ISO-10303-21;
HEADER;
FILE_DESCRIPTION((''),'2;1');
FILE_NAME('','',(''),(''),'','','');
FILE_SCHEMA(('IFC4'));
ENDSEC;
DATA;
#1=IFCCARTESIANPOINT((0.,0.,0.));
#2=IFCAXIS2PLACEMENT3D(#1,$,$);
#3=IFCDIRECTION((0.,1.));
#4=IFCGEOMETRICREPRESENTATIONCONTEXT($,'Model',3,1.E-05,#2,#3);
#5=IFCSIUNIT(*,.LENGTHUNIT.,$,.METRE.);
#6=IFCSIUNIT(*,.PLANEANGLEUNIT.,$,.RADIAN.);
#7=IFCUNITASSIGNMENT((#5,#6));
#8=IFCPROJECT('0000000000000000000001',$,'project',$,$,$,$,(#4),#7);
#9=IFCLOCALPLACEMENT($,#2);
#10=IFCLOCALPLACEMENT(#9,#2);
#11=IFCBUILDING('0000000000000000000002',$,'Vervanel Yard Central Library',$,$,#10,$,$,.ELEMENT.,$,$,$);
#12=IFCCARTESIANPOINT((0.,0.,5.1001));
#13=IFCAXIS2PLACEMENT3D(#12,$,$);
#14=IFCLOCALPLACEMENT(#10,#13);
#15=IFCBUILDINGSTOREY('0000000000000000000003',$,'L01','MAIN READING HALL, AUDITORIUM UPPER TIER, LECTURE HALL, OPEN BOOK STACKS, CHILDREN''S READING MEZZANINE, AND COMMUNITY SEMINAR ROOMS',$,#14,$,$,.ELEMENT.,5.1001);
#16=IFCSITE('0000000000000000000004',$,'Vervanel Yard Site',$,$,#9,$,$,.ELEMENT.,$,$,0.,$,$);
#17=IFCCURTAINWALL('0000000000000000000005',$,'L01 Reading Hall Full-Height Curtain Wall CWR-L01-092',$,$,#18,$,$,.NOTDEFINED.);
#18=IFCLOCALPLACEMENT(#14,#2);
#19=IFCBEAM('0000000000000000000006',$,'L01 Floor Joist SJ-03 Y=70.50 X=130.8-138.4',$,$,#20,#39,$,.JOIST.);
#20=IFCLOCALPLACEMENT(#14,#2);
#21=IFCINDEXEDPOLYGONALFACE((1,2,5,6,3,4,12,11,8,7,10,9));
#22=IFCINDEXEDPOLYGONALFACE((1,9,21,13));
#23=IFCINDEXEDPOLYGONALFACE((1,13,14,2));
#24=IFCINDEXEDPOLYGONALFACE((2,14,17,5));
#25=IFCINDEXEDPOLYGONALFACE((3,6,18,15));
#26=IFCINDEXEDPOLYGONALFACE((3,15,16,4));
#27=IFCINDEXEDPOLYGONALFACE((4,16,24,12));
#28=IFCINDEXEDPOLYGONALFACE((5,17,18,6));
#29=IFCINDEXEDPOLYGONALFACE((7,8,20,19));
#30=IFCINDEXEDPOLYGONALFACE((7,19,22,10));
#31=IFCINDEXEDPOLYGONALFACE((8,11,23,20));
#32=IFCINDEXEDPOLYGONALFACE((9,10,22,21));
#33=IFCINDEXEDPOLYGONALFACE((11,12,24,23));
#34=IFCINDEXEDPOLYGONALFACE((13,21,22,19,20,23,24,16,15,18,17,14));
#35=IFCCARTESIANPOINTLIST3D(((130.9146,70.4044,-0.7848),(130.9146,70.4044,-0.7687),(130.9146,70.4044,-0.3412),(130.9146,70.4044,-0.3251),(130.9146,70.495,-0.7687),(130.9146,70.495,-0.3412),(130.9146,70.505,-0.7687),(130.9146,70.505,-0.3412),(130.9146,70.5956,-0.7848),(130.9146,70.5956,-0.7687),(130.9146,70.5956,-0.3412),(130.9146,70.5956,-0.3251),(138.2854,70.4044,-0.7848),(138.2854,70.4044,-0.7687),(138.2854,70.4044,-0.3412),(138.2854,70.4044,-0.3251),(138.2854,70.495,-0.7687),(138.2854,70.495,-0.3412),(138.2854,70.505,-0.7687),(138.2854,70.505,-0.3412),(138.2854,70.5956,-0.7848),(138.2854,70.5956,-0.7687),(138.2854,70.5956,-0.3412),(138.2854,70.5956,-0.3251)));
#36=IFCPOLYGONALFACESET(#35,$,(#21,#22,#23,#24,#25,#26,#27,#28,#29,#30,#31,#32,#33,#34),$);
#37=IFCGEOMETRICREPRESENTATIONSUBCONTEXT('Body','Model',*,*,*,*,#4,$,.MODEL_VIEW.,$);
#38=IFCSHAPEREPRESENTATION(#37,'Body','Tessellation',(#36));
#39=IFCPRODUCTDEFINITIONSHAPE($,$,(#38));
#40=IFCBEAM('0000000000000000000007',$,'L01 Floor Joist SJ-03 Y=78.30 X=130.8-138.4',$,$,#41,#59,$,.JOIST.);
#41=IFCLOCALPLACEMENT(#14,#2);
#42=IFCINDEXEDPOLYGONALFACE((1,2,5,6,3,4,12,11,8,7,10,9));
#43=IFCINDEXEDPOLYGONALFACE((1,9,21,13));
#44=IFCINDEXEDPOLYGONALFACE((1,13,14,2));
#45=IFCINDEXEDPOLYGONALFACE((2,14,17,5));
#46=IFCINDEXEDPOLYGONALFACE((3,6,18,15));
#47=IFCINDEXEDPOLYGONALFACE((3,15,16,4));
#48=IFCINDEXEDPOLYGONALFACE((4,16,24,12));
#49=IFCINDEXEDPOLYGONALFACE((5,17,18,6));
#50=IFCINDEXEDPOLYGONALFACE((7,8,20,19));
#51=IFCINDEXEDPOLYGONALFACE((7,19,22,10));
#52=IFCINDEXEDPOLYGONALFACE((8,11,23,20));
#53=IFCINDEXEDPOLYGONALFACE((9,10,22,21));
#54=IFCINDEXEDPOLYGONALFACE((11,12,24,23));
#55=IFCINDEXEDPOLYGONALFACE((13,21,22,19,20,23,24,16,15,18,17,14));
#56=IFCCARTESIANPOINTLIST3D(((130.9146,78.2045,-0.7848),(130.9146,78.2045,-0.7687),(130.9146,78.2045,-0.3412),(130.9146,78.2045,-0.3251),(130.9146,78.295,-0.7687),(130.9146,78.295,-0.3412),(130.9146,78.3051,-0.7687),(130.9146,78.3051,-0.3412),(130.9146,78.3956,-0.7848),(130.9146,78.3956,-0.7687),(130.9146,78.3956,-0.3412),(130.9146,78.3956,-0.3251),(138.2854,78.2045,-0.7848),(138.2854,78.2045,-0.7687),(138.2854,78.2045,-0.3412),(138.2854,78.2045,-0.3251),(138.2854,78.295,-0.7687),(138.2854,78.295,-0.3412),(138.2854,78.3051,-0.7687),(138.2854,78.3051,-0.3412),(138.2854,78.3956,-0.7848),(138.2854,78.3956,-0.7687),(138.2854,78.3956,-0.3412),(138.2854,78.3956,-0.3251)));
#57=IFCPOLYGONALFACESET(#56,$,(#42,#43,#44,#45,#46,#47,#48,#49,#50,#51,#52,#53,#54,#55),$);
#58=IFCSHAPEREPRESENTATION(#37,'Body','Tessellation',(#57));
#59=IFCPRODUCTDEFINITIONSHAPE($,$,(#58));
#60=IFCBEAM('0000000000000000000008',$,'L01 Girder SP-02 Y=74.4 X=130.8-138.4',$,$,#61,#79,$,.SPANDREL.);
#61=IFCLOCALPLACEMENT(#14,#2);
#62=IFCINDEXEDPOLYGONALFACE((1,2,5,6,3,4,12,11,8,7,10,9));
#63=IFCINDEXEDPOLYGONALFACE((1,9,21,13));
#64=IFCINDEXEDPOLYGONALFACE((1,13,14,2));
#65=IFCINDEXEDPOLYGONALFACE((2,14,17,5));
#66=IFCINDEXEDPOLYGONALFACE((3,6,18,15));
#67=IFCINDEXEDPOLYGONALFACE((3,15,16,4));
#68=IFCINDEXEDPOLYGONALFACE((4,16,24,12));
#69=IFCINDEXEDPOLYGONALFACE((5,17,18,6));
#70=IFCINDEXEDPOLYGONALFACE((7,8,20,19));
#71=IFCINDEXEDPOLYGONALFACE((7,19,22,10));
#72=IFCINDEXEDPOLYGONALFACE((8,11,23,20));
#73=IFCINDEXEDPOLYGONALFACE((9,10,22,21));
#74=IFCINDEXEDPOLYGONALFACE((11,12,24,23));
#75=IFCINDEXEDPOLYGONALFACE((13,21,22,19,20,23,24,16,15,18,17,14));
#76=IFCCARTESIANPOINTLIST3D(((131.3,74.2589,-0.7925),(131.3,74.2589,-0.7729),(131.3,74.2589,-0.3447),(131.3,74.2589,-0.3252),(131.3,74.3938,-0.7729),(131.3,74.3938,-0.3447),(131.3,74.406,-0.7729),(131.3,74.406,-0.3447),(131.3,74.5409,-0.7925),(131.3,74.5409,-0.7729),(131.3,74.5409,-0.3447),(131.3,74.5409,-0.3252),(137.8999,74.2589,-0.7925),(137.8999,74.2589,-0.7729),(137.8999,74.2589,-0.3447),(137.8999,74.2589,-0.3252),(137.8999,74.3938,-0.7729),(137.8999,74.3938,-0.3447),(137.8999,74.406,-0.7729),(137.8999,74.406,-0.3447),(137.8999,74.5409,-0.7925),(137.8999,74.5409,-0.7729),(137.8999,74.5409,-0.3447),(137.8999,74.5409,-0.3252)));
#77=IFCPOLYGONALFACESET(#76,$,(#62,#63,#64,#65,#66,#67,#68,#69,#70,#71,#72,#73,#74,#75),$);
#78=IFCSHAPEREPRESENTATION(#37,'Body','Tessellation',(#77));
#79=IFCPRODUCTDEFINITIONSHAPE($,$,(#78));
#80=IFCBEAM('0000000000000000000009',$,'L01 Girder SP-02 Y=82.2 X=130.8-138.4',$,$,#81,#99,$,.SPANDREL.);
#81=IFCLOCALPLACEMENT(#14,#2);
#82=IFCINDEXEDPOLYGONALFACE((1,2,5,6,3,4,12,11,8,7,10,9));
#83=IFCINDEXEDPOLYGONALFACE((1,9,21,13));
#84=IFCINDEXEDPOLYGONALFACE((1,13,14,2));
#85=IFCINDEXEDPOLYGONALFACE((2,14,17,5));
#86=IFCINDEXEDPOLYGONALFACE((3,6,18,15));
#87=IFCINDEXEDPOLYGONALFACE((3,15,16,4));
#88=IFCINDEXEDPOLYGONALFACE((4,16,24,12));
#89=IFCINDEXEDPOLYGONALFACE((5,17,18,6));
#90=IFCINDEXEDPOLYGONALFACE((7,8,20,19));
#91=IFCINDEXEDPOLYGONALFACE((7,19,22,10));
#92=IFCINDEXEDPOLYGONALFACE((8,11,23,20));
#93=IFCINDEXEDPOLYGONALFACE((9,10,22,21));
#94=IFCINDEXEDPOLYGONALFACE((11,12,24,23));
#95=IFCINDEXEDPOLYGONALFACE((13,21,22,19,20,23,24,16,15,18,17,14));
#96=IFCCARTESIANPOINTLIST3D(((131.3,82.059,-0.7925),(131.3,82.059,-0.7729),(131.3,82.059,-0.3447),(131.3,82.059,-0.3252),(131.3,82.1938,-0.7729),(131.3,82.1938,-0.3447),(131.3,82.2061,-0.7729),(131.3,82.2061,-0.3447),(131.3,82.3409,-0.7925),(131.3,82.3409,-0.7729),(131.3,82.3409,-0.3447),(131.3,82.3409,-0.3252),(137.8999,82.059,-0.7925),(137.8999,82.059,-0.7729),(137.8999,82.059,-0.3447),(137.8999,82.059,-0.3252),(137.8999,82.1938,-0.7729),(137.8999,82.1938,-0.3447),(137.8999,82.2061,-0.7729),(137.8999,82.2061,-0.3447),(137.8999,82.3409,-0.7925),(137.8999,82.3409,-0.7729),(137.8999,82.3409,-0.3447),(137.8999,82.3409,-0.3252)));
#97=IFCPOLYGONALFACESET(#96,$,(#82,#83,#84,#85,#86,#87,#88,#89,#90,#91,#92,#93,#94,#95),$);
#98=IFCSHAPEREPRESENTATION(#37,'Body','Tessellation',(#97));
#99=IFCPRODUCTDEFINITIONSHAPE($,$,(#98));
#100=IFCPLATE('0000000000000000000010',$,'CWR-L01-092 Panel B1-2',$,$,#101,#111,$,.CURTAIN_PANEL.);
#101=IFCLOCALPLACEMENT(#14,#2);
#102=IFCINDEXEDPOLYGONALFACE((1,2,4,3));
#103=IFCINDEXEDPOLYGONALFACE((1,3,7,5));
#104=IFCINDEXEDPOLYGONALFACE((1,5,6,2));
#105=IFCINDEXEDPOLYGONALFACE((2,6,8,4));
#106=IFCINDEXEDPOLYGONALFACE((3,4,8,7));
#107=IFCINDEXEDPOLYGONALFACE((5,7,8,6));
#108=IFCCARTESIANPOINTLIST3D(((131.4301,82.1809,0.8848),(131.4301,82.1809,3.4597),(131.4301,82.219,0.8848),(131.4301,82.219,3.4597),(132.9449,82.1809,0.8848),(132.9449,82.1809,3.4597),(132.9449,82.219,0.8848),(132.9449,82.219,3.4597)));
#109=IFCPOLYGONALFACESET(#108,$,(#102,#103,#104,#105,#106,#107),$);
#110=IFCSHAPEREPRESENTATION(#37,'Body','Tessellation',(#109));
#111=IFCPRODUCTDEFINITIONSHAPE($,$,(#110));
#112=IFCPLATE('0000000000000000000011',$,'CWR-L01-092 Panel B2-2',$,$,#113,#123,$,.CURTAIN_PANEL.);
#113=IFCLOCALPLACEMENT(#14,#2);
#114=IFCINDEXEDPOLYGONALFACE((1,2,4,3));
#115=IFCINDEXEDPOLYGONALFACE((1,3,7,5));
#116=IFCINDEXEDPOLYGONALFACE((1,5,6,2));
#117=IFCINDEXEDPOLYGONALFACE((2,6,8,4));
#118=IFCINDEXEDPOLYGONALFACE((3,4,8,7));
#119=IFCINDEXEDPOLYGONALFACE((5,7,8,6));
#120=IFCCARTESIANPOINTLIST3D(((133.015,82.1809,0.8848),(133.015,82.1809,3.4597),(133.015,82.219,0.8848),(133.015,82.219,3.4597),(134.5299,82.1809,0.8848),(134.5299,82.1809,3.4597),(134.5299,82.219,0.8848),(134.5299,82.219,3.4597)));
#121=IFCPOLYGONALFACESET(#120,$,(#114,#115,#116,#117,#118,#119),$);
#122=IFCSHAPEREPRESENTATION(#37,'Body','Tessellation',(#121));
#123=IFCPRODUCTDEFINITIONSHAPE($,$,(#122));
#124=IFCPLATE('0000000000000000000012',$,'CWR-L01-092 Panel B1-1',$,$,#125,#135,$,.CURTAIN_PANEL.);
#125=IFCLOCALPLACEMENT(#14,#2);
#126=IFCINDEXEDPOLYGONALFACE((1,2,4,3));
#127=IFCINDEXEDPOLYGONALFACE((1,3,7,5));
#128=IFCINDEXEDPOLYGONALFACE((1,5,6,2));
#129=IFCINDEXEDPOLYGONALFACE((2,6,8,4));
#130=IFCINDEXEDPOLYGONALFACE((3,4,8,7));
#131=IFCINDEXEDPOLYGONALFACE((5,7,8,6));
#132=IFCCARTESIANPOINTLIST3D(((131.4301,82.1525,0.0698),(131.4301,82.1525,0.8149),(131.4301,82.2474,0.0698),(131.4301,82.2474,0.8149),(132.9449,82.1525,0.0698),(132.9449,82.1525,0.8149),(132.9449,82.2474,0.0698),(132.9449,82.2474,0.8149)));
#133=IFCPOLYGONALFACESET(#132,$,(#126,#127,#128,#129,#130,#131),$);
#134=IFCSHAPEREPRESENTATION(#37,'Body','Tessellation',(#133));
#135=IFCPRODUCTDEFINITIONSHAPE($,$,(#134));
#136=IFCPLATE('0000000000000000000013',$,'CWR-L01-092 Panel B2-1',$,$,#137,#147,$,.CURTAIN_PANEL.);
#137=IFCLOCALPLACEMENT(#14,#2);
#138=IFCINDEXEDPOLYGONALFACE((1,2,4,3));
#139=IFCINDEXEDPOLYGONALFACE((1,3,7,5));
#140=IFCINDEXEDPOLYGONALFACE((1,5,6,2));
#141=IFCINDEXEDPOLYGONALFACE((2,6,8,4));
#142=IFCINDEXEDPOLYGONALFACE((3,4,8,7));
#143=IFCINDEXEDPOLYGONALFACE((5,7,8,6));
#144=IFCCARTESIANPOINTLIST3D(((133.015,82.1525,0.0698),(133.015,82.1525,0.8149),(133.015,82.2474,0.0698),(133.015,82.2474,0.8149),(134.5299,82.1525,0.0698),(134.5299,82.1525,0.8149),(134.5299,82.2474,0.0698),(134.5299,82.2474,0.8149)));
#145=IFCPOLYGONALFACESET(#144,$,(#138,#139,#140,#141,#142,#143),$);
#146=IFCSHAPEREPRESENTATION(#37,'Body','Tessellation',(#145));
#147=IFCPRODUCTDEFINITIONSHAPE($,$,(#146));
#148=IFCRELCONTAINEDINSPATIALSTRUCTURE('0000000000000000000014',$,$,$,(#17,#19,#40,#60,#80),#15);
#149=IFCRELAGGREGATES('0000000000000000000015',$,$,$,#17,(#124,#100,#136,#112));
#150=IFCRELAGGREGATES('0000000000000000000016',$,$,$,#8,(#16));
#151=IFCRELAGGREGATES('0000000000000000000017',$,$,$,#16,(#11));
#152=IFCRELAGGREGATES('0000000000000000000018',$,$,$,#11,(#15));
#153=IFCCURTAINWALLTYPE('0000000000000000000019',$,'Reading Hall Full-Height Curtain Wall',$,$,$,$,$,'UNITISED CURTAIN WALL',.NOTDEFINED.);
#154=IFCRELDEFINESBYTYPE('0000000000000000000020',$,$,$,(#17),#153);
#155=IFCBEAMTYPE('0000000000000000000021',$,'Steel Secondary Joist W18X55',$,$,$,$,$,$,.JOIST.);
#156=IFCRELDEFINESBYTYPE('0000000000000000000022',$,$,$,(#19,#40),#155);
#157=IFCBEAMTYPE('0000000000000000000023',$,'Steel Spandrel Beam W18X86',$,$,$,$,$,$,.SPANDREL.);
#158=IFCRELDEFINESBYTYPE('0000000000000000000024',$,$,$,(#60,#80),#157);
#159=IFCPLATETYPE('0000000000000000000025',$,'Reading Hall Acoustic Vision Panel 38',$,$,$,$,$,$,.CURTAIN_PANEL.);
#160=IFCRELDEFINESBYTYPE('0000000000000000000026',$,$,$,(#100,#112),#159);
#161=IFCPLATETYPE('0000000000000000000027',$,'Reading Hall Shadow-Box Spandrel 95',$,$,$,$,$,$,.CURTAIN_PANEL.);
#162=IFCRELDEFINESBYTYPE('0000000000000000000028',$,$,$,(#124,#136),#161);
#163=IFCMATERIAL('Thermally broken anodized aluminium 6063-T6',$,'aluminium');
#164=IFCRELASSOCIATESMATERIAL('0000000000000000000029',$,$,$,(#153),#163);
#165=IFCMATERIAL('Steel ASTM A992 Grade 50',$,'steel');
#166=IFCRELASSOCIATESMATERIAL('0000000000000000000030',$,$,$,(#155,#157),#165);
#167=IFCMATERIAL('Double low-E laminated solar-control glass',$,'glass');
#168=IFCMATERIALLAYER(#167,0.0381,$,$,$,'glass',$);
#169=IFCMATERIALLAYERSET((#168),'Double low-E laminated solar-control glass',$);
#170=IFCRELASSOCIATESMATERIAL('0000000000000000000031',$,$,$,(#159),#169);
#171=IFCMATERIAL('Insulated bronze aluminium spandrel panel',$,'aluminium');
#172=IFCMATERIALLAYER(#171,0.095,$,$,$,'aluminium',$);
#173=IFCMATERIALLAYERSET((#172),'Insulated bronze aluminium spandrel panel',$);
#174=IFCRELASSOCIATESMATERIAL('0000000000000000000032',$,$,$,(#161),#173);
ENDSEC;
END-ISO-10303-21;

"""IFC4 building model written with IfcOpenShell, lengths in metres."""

from ifc_helpers import new_model, si_unit, direction, frame, origin, origin_2d, place, context, subcontext, project, spatial, rectangle, i_section, extrude, material, layer, layer_set, material_profile, profile_set, type_object, element, aggregate, save


model = new_model("IFC4")

# Units and contexts
model_context = context("Model", 3, precision=1e-05, world=origin(), true_north=direction((0.0, 1.0)))
body_context = subcontext(model_context, "Body", "Model", "MODEL_VIEW")
ifc_project = project(units=[si_unit("LENGTHUNIT", "METRE"), si_unit("PLANEANGLEUNIT", "RADIAN")], contexts=[model_context])

# Site, building, storey
site_placement = place(None, origin())
site = spatial("IfcSite", under=ifc_project, at=site_placement, Name="Vervanel Yard Site", CompositionType="ELEMENT", RefElevation=0.0)
building_placement = place(site_placement, origin())
building = spatial("IfcBuilding", under=site, at=building_placement, Name="Vervanel Yard Central Library", CompositionType="ELEMENT")
storey_placement = place(building_placement, frame((0.0, 0.0, 5.1001)))
storey = spatial("IfcBuildingStorey", under=building, at=storey_placement, Name="L01", Description="MAIN READING HALL, AUDITORIUM UPPER TIER, LECTURE HALL, OPEN BOOK STACKS, CHILDREN'S READING MEZZANINE, AND COMMUNITY SEMINAR ROOMS", CompositionType="ELEMENT", Elevation=5.1001)

# Shared definitions
ifc_material_1 = material(Name="Thermally broken anodized aluminium 6063-T6", Category="aluminium")
curtain_wall_type = type_object("IfcCurtainWallType", Name="Reading Hall Full-Height Curtain Wall", ElementType="UNITISED CURTAIN WALL", PredefinedType="NOTDEFINED", material=ifc_material_1)

# Curtain wall
curtain_wall_1_placement = place(storey_placement, origin())
curtain_wall_1 = element("IfcCurtainWall", 1, at=curtain_wall_1_placement, inside=storey, type_object=curtain_wall_type, Name="L01 Reading Hall Full-Height Curtain Wall CWR-L01-092", PredefinedType="NOTDEFINED")

# Beams
ifc_material_2 = material(Name="Steel ASTM A992 Grade 50", Category="steel")
ifc_material_profile_1 = material_profile(ifc_material_2, i_section(OverallWidth=0.1912, OverallDepth=0.4597, WebThickness=0.01, FlangeThickness=0.0161, at=origin_2d()), Name="W18X55", Category="steel")
ifc_profile_set_1 = profile_set([ifc_material_profile_1], Name="Steel ASTM A992 Grade 50")
beam_type_1 = type_object("IfcBeamType", Name="Steel Secondary Joist W18X55", PredefinedType="JOIST", material=ifc_profile_set_1)
for number, where, z_axis, x_axis, name in (
    (2, (130.9146, 70.5, -0.5549), (1.0, 0.0, 0.0), (0.0, 1.0, 0.0), "L01 Floor Joist SJ-03 Y=70.50 X=130.8-138.4"),
    (3, (130.9146, 78.3, -0.5549), (1.0, 0.0, 0.0), (0.0, 1.0, 0.0), "L01 Floor Joist SJ-03 Y=78.30 X=130.8-138.4"),
):
    element("IfcBeam", number, at=place(storey_placement, frame(where, z_axis=z_axis, x_axis=x_axis)), inside=storey, type_object=beam_type_1, Name=name, PredefinedType="JOIST", context=body_context, shape_type="SweptSolid", body=[
        extrude(i_section(OverallWidth=0.1912, OverallDepth=0.4597, WebThickness=0.01, FlangeThickness=0.0161, at=origin_2d()), origin(), (0.0, 0.0, 1.0), 7.3708),
    ])
ifc_material_profile_2 = material_profile(ifc_material_2, i_section(OverallWidth=0.282, OverallDepth=0.4673, WebThickness=0.0122, FlangeThickness=0.0195, at=origin_2d()), Name="W18X86", Category="steel")
ifc_profile_set_2 = profile_set([ifc_material_profile_2], Name="Steel ASTM A992 Grade 50")
beam_type_2 = type_object("IfcBeamType", Name="Steel Spandrel Beam W18X86", PredefinedType="SPANDREL", material=ifc_profile_set_2)
for number, where, z_axis, x_axis, name in (
    (4, (131.3, 74.3999, -0.5588), (1.0, 0.0, 0.0), (0.0, 1.0, 0.0), "L01 Girder SP-02 Y=74.4 X=130.8-138.4"),
    (5, (131.3, 82.2, -0.5588), (1.0, 0.0, 0.0), (0.0, 1.0, 0.0), "L01 Girder SP-02 Y=82.2 X=130.8-138.4"),
):
    element("IfcBeam", number, at=place(storey_placement, frame(where, z_axis=z_axis, x_axis=x_axis)), inside=storey, type_object=beam_type_2, Name=name, PredefinedType="SPANDREL", context=body_context, shape_type="SweptSolid", body=[
        extrude(i_section(OverallWidth=0.282, OverallDepth=0.4673, WebThickness=0.0122, FlangeThickness=0.0195, at=origin_2d()), origin(), (0.0, 0.0, 1.0), 6.5999),
    ])

# Plates
ifc_material_3 = material(Name="Double low-E laminated solar-control glass", Category="glass")
ifc_layer_1 = layer(ifc_material_3, 0.0381, Category="glass")
ifc_layer_set_1 = layer_set([ifc_layer_1], Name="Double low-E laminated solar-control glass")
plate_type_1 = type_object("IfcPlateType", Name="Reading Hall Acoustic Vision Panel 38", PredefinedType="CURTAIN_PANEL", material=ifc_layer_set_1)
plate_1_placement = place(storey_placement, frame((132.1875, 82.2, 0.8848), z_axis=(0.0, 0.0, 1.0), x_axis=(1.0, 0.0, 0.0)))
plate_1 = element("IfcPlate", 6, at=plate_1_placement, type_object=plate_type_1, Name="CWR-L01-092 Panel B1-2", PredefinedType="CURTAIN_PANEL", context=body_context, shape_type="SweptSolid", body=[
    extrude(rectangle(XDim=1.5149, YDim=0.0381, at=origin_2d()), origin(), (0.0, 0.0, 1.0), 2.575),
])
plate_2_placement = place(storey_placement, frame((133.7725, 82.2, 0.8848), z_axis=(0.0, 0.0, 1.0), x_axis=(1.0, 0.0, 0.0)))
plate_2 = element("IfcPlate", 7, at=plate_2_placement, type_object=plate_type_1, Name="CWR-L01-092 Panel B2-2", PredefinedType="CURTAIN_PANEL", context=body_context, shape_type="SweptSolid", body=[
    extrude(rectangle(XDim=1.5149, YDim=0.0381, at=origin_2d()), origin(), (0.0, 0.0, 1.0), 2.575),
])
ifc_material_4 = material(Name="Insulated bronze aluminium spandrel panel", Category="aluminium")
ifc_layer_2 = layer(ifc_material_4, 0.095, Category="aluminium")
ifc_layer_set_2 = layer_set([ifc_layer_2], Name="Insulated bronze aluminium spandrel panel")
plate_type_2 = type_object("IfcPlateType", Name="Reading Hall Shadow-Box Spandrel 95", PredefinedType="CURTAIN_PANEL", material=ifc_layer_set_2)
plate_3_placement = place(storey_placement, frame((132.1875, 82.2, 0.0698), z_axis=(0.0, 0.0, 1.0), x_axis=(1.0, 0.0, 0.0)))
plate_3 = element("IfcPlate", 8, at=plate_3_placement, type_object=plate_type_2, Name="CWR-L01-092 Panel B1-1", PredefinedType="CURTAIN_PANEL", context=body_context, shape_type="SweptSolid", body=[
    extrude(rectangle(XDim=1.5149, YDim=0.095, at=origin_2d()), origin(), (0.0, 0.0, 1.0), 0.7451),
])
plate_4_placement = place(storey_placement, frame((133.7725, 82.2, 0.0698), z_axis=(0.0, 0.0, 1.0), x_axis=(1.0, 0.0, 0.0)))
plate_4 = element("IfcPlate", 9, at=plate_4_placement, type_object=plate_type_2, Name="CWR-L01-092 Panel B2-1", PredefinedType="CURTAIN_PANEL", context=body_context, shape_type="SweptSolid", body=[
    extrude(rectangle(XDim=1.5149, YDim=0.095, at=origin_2d()), origin(), (0.0, 0.0, 1.0), 0.7451),
])
aggregate(curtain_wall_1, [plate_3, plate_1, plate_4, plate_2])

save(model, "model.ifc")
